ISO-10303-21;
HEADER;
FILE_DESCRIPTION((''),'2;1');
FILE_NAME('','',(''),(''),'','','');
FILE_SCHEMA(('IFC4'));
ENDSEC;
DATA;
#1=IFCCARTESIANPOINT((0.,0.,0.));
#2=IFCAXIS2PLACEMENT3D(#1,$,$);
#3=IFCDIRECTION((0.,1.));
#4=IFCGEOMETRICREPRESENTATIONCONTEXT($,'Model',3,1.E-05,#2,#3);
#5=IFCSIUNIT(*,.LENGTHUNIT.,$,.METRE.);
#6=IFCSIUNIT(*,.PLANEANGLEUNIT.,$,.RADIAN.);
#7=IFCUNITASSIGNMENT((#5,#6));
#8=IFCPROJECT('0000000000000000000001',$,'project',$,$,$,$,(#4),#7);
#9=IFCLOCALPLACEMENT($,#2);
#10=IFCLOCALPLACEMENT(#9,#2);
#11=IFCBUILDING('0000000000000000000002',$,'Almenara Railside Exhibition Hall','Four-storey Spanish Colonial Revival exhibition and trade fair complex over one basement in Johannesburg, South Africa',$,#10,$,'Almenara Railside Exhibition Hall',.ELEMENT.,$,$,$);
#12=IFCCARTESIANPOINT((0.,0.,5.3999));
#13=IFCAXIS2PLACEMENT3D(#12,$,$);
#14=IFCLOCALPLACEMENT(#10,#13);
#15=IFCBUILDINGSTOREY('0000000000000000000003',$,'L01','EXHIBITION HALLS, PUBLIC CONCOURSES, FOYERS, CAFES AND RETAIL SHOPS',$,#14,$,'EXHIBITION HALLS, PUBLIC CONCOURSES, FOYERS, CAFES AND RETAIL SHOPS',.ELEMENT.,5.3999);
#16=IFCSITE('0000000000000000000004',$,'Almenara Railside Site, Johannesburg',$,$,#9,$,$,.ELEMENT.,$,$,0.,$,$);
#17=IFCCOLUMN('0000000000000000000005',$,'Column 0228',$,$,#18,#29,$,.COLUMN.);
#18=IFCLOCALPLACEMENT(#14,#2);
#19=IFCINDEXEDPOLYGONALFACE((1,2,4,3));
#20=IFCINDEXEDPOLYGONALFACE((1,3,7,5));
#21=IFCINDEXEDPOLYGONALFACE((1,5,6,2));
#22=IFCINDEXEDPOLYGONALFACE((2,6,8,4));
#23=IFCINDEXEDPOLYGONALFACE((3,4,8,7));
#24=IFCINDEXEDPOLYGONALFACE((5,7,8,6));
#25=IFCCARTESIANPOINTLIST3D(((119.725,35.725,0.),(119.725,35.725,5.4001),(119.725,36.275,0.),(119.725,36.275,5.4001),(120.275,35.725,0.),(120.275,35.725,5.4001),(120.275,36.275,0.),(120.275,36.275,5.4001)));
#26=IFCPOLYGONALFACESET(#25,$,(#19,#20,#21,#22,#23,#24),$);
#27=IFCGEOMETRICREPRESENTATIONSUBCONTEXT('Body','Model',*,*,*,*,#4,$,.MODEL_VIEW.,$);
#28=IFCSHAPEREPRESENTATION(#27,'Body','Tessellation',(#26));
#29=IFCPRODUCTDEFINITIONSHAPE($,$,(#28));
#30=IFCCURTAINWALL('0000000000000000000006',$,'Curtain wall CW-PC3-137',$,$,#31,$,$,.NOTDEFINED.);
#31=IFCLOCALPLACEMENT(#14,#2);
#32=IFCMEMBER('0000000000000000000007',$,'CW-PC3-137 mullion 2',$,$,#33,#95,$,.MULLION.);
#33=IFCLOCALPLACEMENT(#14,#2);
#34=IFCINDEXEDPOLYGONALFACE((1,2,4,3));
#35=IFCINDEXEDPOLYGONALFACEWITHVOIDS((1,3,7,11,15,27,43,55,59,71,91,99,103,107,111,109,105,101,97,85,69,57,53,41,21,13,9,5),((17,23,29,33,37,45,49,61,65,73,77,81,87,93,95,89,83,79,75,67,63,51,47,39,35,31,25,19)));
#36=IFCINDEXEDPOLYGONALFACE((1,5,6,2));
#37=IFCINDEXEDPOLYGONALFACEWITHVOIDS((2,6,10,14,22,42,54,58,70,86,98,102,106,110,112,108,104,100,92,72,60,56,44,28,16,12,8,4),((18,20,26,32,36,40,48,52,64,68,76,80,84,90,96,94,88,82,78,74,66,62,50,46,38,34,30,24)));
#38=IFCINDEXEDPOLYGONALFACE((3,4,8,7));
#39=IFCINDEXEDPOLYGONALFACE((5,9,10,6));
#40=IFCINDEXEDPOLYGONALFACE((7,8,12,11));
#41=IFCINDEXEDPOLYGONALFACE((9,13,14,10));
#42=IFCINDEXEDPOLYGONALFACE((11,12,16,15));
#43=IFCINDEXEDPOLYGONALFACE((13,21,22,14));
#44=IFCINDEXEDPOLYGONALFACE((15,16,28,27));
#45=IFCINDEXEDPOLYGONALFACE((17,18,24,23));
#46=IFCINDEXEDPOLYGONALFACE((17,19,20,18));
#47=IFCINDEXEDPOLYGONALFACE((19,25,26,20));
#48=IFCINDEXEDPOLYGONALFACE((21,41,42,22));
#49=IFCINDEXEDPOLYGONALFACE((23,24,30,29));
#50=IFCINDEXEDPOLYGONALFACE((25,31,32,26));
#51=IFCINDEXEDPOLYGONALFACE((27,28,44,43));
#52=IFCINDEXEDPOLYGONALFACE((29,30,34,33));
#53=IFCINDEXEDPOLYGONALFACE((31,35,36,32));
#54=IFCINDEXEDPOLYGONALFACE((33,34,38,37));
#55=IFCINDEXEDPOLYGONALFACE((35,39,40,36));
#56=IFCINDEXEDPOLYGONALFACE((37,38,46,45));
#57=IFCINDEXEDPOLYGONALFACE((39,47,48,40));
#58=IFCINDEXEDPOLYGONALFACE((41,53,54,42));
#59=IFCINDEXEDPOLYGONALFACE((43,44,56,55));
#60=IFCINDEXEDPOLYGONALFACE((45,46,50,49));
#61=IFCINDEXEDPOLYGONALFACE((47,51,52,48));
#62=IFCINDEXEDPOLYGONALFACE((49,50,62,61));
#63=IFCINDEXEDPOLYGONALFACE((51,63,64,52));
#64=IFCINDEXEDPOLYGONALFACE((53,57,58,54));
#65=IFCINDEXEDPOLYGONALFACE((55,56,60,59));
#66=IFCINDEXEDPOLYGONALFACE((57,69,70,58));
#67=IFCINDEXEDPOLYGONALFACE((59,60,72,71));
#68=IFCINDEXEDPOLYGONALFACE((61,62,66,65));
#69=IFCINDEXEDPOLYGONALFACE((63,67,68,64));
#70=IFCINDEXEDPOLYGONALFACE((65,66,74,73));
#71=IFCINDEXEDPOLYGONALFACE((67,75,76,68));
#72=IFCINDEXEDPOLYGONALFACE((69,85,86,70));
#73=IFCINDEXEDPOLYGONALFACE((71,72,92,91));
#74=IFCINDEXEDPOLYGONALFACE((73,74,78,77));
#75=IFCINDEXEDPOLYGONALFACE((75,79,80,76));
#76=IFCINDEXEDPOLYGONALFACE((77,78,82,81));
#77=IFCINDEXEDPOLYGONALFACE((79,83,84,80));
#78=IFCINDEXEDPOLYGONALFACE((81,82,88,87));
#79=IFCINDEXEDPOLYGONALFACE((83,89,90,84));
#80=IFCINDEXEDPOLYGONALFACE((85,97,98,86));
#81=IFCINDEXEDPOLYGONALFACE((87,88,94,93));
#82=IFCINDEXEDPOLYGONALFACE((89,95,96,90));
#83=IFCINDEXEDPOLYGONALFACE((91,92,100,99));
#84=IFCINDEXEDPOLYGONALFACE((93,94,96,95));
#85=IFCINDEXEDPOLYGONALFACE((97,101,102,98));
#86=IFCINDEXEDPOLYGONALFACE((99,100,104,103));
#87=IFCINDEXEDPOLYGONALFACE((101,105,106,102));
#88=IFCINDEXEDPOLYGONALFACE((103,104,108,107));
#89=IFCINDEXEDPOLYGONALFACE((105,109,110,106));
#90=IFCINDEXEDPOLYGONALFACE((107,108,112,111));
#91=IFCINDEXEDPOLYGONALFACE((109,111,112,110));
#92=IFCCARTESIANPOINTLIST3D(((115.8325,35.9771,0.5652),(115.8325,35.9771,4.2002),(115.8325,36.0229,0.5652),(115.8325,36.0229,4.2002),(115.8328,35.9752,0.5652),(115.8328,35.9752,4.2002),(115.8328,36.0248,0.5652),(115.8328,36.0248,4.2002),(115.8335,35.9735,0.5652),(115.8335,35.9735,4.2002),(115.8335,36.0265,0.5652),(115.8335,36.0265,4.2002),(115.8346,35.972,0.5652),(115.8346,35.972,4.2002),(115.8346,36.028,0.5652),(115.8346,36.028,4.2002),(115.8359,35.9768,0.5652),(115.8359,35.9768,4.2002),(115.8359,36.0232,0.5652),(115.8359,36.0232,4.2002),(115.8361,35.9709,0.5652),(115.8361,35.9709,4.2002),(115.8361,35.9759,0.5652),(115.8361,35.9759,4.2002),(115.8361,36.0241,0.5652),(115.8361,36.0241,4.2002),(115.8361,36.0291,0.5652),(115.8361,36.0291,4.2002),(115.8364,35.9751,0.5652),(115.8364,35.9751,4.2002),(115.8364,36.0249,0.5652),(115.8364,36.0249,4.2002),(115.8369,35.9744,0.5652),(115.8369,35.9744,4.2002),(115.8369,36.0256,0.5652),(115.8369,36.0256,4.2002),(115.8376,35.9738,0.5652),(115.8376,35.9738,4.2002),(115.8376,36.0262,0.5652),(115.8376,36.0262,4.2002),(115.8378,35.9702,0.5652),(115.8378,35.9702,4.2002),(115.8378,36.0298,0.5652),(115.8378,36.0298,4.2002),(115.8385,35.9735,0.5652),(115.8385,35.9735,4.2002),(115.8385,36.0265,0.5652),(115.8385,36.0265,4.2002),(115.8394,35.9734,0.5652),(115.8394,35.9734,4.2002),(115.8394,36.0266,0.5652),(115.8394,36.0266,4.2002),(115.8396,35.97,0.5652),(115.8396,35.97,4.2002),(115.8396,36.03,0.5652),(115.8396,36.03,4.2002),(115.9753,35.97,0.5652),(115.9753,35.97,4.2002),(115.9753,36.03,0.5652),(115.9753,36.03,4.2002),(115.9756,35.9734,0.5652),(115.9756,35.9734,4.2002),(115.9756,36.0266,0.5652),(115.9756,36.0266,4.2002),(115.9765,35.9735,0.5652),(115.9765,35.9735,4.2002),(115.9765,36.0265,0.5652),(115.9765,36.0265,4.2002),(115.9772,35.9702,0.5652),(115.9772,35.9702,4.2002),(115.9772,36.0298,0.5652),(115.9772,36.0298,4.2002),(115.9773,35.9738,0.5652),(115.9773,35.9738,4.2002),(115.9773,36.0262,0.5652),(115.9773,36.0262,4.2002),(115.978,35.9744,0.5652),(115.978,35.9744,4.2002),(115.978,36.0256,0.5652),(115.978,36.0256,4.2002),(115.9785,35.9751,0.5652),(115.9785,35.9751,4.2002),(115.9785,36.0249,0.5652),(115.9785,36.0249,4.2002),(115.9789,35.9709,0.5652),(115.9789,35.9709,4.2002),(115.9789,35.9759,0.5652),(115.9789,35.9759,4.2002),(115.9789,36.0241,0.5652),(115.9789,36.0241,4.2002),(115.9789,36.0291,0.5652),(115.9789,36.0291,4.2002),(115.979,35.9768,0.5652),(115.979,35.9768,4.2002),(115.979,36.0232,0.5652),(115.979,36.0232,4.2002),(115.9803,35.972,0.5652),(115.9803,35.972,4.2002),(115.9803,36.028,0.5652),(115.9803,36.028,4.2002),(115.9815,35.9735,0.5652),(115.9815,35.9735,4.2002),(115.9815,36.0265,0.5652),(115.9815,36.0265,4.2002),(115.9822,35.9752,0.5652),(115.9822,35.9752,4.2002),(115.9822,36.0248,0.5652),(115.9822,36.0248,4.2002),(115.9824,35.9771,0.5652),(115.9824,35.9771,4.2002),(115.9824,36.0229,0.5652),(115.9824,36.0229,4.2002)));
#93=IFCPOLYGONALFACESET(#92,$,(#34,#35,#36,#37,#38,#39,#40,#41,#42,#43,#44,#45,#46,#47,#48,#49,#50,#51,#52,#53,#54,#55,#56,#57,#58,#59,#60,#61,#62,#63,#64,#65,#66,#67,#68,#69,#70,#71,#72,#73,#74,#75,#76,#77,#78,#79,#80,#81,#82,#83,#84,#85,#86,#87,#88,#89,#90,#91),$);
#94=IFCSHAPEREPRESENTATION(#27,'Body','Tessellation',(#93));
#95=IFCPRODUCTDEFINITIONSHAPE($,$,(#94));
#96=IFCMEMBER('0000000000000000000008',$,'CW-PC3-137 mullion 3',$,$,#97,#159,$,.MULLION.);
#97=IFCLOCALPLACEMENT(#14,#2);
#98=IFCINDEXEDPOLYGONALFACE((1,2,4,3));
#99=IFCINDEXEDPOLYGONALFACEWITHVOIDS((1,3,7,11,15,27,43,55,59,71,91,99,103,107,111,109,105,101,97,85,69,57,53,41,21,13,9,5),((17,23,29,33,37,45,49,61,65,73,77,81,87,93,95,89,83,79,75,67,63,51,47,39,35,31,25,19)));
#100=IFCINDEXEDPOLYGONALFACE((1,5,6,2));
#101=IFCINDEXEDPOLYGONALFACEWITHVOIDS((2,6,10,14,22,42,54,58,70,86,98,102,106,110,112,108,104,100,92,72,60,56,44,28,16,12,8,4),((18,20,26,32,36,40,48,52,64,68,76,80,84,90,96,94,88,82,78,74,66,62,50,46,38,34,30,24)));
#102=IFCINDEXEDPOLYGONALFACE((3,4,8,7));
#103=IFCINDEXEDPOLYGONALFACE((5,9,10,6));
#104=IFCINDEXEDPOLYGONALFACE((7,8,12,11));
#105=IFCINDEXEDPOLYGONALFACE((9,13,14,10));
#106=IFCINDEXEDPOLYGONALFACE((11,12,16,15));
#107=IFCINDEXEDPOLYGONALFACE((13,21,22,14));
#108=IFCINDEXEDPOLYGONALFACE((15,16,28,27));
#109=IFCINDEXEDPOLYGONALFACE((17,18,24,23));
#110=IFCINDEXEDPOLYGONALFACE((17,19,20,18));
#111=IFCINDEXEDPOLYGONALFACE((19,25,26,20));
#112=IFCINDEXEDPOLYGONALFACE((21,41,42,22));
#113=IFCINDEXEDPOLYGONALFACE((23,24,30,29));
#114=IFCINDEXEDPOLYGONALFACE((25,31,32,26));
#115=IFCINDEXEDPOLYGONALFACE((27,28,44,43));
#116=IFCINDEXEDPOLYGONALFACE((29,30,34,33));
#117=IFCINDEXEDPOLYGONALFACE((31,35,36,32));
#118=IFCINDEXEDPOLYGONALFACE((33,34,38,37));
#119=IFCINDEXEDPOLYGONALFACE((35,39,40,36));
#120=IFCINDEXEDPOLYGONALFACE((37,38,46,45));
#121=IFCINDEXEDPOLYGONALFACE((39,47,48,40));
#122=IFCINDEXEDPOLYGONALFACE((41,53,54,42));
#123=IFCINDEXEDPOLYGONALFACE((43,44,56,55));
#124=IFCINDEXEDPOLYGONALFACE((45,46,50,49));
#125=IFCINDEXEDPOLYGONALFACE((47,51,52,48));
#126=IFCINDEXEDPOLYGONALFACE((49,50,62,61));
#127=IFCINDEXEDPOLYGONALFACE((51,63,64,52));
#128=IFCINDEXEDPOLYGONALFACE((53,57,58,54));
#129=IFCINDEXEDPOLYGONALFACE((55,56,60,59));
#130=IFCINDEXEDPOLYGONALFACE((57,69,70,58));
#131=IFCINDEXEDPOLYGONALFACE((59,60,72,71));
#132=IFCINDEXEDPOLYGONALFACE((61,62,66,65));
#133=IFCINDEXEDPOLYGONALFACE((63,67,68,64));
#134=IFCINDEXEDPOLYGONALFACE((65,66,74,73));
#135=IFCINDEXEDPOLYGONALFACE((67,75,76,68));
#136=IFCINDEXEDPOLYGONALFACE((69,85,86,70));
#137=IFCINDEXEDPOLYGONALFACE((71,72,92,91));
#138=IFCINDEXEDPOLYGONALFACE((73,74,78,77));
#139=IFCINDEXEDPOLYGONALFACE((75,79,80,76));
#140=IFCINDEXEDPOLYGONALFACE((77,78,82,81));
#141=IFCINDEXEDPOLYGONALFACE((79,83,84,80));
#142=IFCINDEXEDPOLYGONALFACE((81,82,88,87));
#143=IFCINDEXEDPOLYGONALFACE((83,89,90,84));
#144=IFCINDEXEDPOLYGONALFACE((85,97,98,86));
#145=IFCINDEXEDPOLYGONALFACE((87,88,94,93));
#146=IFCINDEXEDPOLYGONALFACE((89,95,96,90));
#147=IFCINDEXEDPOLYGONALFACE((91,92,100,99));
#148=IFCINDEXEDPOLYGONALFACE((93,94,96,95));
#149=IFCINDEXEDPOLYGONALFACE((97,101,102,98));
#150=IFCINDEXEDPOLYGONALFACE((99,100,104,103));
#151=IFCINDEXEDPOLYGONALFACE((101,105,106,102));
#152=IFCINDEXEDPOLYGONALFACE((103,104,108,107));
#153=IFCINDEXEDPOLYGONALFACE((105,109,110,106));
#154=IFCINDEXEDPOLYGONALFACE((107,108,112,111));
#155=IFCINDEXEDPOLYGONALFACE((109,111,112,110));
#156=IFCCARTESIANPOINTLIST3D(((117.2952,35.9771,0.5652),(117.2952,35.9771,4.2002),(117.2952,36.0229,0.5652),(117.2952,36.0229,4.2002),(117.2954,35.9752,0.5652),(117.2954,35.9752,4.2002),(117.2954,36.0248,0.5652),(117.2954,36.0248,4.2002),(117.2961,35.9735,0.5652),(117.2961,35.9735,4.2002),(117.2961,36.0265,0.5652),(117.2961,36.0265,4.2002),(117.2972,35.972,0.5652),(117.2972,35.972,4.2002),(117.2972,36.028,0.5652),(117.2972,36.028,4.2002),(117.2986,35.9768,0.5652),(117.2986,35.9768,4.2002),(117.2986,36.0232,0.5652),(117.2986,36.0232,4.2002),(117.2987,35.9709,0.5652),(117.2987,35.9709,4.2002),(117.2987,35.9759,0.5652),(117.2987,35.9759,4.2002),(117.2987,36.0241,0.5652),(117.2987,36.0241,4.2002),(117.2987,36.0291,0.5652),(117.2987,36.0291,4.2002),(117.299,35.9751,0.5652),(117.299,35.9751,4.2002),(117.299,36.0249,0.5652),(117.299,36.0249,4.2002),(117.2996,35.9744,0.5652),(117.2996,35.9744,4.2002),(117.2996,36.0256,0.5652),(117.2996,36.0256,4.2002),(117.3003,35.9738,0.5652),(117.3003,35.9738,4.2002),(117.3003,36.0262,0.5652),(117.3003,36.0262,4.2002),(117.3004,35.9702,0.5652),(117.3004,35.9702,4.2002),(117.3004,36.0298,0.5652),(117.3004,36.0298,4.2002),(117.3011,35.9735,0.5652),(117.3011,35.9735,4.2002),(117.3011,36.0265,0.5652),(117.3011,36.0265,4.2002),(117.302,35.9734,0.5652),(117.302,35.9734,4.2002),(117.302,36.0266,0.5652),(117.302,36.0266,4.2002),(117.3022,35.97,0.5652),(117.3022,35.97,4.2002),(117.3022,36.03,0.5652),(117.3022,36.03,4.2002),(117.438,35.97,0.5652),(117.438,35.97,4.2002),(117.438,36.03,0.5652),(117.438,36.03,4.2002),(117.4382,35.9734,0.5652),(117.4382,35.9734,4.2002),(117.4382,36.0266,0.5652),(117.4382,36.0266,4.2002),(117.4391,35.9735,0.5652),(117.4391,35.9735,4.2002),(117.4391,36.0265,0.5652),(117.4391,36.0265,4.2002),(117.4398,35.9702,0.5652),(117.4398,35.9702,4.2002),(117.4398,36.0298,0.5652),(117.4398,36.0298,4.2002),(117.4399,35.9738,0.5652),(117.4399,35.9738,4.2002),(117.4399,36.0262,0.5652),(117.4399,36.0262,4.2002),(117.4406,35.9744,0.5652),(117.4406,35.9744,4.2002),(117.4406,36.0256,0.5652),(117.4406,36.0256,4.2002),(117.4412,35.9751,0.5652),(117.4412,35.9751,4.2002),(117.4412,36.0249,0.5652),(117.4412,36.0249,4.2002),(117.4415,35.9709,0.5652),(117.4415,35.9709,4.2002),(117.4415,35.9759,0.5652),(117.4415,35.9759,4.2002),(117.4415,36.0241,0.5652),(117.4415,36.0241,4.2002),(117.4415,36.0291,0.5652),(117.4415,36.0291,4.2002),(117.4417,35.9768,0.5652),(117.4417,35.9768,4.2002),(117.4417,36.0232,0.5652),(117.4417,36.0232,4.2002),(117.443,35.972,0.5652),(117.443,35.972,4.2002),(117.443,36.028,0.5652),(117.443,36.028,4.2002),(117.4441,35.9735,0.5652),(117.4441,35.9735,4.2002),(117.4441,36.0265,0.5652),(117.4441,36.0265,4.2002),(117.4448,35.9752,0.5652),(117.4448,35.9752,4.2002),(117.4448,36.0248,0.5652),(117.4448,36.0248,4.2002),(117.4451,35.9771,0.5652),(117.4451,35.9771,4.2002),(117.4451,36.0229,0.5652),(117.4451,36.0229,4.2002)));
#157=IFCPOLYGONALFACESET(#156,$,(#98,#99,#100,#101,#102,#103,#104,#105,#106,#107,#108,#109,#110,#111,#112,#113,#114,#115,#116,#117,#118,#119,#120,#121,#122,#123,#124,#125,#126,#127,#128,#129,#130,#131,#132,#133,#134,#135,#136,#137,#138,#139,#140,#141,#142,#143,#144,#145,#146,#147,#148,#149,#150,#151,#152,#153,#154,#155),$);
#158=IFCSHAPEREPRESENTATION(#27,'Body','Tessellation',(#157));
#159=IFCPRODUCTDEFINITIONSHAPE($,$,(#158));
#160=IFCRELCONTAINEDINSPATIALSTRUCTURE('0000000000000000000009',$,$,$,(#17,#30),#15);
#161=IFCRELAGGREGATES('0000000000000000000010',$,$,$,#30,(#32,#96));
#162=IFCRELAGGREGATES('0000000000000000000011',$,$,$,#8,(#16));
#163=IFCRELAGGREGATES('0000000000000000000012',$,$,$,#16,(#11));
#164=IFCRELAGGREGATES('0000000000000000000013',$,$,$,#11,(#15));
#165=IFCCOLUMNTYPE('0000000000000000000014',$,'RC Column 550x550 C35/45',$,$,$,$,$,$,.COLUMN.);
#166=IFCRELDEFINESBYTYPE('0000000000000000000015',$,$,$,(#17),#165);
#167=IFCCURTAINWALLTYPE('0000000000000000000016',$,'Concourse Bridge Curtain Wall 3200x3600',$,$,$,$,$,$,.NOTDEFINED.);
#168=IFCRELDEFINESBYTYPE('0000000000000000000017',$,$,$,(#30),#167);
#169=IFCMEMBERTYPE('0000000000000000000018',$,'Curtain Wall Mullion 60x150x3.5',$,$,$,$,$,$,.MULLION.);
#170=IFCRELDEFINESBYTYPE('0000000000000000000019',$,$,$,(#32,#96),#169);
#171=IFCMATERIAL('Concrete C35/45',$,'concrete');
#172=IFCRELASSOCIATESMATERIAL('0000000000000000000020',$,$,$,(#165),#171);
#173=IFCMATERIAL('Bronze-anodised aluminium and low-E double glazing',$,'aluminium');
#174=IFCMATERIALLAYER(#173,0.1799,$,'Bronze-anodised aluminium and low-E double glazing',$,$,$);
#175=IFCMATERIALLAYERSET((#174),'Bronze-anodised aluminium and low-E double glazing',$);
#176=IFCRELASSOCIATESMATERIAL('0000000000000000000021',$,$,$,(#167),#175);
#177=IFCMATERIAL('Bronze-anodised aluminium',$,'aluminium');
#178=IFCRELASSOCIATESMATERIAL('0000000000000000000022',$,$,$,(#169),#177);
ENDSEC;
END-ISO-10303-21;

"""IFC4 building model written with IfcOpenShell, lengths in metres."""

from ifc_helpers import new_model, si_unit, direction, frame, origin, origin_2d, place, context, subcontext, project, spatial, rectangle, hollow_rectangle, extrude, material, layer, layer_set, material_profile, profile_set, type_object, element, aggregate, save


model = new_model("IFC4")

# Units and contexts
model_context = context("Model", 3, precision=1e-05, world=origin(), true_north=direction((0.0, 1.0)))
body_context = subcontext(model_context, "Body", "Model", "MODEL_VIEW")
ifc_project = project(units=[si_unit("LENGTHUNIT", "METRE"), si_unit("PLANEANGLEUNIT", "RADIAN")], contexts=[model_context])

# Site, building, storey
site_placement = place(None, origin())
site = spatial("IfcSite", under=ifc_project, at=site_placement, Name="Almenara Railside Site, Johannesburg", CompositionType="ELEMENT", RefElevation=0.0)
building_placement = place(site_placement, origin())
building = spatial("IfcBuilding", under=site, at=building_placement, Name="Almenara Railside Exhibition Hall", Description="Four-storey Spanish Colonial Revival exhibition and trade fair complex over one basement in Johannesburg, South Africa", LongName="Almenara Railside Exhibition Hall", CompositionType="ELEMENT")
storey_placement = place(building_placement, frame((0.0, 0.0, 5.3999)))
storey = spatial("IfcBuildingStorey", under=building, at=storey_placement, Name="L01", Description="EXHIBITION HALLS, PUBLIC CONCOURSES, FOYERS, CAFES AND RETAIL SHOPS", LongName="EXHIBITION HALLS, PUBLIC CONCOURSES, FOYERS, CAFES AND RETAIL SHOPS", CompositionType="ELEMENT", Elevation=5.3999)

# Column
ifc_material_1 = material(Name="Concrete C35/45", Category="concrete")
ifc_material_profile_1 = material_profile(ifc_material_1, rectangle(XDim=0.55, YDim=0.55, at=origin_2d()), Name="RC 550x550")
ifc_profile_set_1 = profile_set([ifc_material_profile_1], Name="Concrete C35/45")
column_type = type_object("IfcColumnType", Name="RC Column 550x550 C35/45", PredefinedType="COLUMN", material=ifc_profile_set_1)
column_placement = place(storey_placement, frame((120.0, 36.0, 0.0), z_axis=(0.0, 0.0, 1.0), x_axis=(1.0, 0.0, 0.0)))
element("IfcColumn", 1, at=column_placement, inside=storey, type_object=column_type, Name="Column 0228", PredefinedType="COLUMN", context=body_context, shape_type="SweptSolid", body=[
    extrude(rectangle(XDim=0.55, YDim=0.55, at=origin_2d()), origin(), (0.0, 0.0, 1.0), 5.4001),
])

# Curtain wall, members
ifc_material_2 = material(Name="Bronze-anodised aluminium and low-E double glazing", Category="aluminium")
ifc_layer_1 = layer(ifc_material_2, 0.1799, Name="Bronze-anodised aluminium and low-E double glazing")
ifc_layer_set_1 = layer_set([ifc_layer_1], Name="Bronze-anodised aluminium and low-E double glazing")
curtain_wall_type_1 = type_object("IfcCurtainWallType", Name="Concourse Bridge Curtain Wall 3200x3600", PredefinedType="NOTDEFINED", material=ifc_layer_set_1)
curtain_wall_1_placement = place(storey_placement, origin())
curtain_wall_1 = element("IfcCurtainWall", 2, at=curtain_wall_1_placement, inside=storey, type_object=curtain_wall_type_1, Name="Curtain wall CW-PC3-137", PredefinedType="NOTDEFINED")
ifc_material_3 = material(Name="Bronze-anodised aluminium", Category="aluminium")
ifc_material_profile_2 = material_profile(ifc_material_3, hollow_rectangle(XDim=0.0601, YDim=0.1499, WallThickness=0.0034, InnerFilletRadius=0.0034, OuterFilletRadius=0.0071, at=origin_2d()), Name="ALU-MUL 60x150x3.5")
ifc_profile_set_2 = profile_set([ifc_material_profile_2], Name="Bronze-anodised aluminium")
member_type_1 = type_object("IfcMemberType", Name="Curtain Wall Mullion 60x150x3.5", PredefinedType="MULLION", material=ifc_profile_set_2)
member_1_placement = place(storey_placement, frame((115.9075, 36.0, 0.5652), z_axis=(0.0, 0.0, 1.0), x_axis=(0.0, 1.0, 0.0)))
member_1 = element("IfcMember", 3, at=member_1_placement, type_object=member_type_1, Name="CW-PC3-137 mullion 2", PredefinedType="MULLION", context=body_context, shape_type="SweptSolid", body=[
    extrude(hollow_rectangle(XDim=0.0601, YDim=0.1499, WallThickness=0.0034, InnerFilletRadius=0.0034, OuterFilletRadius=0.0071, at=origin_2d()), origin(), (0.0, 0.0, 1.0), 3.635),
])
member_2_placement = place(storey_placement, frame((117.3701, 36.0, 0.5652), z_axis=(0.0, 0.0, 1.0), x_axis=(0.0, 1.0, 0.0)))
member_2 = element("IfcMember", 4, at=member_2_placement, type_object=member_type_1, Name="CW-PC3-137 mullion 3", PredefinedType="MULLION", context=body_context, shape_type="SweptSolid", body=[
    extrude(hollow_rectangle(XDim=0.0601, YDim=0.1499, WallThickness=0.0034, InnerFilletRadius=0.0034, OuterFilletRadius=0.0071, at=origin_2d()), origin(), (0.0, 0.0, 1.0), 3.635),
])

aggregate(curtain_wall_1, [member_1, member_2])

save(model, "model.ifc")
